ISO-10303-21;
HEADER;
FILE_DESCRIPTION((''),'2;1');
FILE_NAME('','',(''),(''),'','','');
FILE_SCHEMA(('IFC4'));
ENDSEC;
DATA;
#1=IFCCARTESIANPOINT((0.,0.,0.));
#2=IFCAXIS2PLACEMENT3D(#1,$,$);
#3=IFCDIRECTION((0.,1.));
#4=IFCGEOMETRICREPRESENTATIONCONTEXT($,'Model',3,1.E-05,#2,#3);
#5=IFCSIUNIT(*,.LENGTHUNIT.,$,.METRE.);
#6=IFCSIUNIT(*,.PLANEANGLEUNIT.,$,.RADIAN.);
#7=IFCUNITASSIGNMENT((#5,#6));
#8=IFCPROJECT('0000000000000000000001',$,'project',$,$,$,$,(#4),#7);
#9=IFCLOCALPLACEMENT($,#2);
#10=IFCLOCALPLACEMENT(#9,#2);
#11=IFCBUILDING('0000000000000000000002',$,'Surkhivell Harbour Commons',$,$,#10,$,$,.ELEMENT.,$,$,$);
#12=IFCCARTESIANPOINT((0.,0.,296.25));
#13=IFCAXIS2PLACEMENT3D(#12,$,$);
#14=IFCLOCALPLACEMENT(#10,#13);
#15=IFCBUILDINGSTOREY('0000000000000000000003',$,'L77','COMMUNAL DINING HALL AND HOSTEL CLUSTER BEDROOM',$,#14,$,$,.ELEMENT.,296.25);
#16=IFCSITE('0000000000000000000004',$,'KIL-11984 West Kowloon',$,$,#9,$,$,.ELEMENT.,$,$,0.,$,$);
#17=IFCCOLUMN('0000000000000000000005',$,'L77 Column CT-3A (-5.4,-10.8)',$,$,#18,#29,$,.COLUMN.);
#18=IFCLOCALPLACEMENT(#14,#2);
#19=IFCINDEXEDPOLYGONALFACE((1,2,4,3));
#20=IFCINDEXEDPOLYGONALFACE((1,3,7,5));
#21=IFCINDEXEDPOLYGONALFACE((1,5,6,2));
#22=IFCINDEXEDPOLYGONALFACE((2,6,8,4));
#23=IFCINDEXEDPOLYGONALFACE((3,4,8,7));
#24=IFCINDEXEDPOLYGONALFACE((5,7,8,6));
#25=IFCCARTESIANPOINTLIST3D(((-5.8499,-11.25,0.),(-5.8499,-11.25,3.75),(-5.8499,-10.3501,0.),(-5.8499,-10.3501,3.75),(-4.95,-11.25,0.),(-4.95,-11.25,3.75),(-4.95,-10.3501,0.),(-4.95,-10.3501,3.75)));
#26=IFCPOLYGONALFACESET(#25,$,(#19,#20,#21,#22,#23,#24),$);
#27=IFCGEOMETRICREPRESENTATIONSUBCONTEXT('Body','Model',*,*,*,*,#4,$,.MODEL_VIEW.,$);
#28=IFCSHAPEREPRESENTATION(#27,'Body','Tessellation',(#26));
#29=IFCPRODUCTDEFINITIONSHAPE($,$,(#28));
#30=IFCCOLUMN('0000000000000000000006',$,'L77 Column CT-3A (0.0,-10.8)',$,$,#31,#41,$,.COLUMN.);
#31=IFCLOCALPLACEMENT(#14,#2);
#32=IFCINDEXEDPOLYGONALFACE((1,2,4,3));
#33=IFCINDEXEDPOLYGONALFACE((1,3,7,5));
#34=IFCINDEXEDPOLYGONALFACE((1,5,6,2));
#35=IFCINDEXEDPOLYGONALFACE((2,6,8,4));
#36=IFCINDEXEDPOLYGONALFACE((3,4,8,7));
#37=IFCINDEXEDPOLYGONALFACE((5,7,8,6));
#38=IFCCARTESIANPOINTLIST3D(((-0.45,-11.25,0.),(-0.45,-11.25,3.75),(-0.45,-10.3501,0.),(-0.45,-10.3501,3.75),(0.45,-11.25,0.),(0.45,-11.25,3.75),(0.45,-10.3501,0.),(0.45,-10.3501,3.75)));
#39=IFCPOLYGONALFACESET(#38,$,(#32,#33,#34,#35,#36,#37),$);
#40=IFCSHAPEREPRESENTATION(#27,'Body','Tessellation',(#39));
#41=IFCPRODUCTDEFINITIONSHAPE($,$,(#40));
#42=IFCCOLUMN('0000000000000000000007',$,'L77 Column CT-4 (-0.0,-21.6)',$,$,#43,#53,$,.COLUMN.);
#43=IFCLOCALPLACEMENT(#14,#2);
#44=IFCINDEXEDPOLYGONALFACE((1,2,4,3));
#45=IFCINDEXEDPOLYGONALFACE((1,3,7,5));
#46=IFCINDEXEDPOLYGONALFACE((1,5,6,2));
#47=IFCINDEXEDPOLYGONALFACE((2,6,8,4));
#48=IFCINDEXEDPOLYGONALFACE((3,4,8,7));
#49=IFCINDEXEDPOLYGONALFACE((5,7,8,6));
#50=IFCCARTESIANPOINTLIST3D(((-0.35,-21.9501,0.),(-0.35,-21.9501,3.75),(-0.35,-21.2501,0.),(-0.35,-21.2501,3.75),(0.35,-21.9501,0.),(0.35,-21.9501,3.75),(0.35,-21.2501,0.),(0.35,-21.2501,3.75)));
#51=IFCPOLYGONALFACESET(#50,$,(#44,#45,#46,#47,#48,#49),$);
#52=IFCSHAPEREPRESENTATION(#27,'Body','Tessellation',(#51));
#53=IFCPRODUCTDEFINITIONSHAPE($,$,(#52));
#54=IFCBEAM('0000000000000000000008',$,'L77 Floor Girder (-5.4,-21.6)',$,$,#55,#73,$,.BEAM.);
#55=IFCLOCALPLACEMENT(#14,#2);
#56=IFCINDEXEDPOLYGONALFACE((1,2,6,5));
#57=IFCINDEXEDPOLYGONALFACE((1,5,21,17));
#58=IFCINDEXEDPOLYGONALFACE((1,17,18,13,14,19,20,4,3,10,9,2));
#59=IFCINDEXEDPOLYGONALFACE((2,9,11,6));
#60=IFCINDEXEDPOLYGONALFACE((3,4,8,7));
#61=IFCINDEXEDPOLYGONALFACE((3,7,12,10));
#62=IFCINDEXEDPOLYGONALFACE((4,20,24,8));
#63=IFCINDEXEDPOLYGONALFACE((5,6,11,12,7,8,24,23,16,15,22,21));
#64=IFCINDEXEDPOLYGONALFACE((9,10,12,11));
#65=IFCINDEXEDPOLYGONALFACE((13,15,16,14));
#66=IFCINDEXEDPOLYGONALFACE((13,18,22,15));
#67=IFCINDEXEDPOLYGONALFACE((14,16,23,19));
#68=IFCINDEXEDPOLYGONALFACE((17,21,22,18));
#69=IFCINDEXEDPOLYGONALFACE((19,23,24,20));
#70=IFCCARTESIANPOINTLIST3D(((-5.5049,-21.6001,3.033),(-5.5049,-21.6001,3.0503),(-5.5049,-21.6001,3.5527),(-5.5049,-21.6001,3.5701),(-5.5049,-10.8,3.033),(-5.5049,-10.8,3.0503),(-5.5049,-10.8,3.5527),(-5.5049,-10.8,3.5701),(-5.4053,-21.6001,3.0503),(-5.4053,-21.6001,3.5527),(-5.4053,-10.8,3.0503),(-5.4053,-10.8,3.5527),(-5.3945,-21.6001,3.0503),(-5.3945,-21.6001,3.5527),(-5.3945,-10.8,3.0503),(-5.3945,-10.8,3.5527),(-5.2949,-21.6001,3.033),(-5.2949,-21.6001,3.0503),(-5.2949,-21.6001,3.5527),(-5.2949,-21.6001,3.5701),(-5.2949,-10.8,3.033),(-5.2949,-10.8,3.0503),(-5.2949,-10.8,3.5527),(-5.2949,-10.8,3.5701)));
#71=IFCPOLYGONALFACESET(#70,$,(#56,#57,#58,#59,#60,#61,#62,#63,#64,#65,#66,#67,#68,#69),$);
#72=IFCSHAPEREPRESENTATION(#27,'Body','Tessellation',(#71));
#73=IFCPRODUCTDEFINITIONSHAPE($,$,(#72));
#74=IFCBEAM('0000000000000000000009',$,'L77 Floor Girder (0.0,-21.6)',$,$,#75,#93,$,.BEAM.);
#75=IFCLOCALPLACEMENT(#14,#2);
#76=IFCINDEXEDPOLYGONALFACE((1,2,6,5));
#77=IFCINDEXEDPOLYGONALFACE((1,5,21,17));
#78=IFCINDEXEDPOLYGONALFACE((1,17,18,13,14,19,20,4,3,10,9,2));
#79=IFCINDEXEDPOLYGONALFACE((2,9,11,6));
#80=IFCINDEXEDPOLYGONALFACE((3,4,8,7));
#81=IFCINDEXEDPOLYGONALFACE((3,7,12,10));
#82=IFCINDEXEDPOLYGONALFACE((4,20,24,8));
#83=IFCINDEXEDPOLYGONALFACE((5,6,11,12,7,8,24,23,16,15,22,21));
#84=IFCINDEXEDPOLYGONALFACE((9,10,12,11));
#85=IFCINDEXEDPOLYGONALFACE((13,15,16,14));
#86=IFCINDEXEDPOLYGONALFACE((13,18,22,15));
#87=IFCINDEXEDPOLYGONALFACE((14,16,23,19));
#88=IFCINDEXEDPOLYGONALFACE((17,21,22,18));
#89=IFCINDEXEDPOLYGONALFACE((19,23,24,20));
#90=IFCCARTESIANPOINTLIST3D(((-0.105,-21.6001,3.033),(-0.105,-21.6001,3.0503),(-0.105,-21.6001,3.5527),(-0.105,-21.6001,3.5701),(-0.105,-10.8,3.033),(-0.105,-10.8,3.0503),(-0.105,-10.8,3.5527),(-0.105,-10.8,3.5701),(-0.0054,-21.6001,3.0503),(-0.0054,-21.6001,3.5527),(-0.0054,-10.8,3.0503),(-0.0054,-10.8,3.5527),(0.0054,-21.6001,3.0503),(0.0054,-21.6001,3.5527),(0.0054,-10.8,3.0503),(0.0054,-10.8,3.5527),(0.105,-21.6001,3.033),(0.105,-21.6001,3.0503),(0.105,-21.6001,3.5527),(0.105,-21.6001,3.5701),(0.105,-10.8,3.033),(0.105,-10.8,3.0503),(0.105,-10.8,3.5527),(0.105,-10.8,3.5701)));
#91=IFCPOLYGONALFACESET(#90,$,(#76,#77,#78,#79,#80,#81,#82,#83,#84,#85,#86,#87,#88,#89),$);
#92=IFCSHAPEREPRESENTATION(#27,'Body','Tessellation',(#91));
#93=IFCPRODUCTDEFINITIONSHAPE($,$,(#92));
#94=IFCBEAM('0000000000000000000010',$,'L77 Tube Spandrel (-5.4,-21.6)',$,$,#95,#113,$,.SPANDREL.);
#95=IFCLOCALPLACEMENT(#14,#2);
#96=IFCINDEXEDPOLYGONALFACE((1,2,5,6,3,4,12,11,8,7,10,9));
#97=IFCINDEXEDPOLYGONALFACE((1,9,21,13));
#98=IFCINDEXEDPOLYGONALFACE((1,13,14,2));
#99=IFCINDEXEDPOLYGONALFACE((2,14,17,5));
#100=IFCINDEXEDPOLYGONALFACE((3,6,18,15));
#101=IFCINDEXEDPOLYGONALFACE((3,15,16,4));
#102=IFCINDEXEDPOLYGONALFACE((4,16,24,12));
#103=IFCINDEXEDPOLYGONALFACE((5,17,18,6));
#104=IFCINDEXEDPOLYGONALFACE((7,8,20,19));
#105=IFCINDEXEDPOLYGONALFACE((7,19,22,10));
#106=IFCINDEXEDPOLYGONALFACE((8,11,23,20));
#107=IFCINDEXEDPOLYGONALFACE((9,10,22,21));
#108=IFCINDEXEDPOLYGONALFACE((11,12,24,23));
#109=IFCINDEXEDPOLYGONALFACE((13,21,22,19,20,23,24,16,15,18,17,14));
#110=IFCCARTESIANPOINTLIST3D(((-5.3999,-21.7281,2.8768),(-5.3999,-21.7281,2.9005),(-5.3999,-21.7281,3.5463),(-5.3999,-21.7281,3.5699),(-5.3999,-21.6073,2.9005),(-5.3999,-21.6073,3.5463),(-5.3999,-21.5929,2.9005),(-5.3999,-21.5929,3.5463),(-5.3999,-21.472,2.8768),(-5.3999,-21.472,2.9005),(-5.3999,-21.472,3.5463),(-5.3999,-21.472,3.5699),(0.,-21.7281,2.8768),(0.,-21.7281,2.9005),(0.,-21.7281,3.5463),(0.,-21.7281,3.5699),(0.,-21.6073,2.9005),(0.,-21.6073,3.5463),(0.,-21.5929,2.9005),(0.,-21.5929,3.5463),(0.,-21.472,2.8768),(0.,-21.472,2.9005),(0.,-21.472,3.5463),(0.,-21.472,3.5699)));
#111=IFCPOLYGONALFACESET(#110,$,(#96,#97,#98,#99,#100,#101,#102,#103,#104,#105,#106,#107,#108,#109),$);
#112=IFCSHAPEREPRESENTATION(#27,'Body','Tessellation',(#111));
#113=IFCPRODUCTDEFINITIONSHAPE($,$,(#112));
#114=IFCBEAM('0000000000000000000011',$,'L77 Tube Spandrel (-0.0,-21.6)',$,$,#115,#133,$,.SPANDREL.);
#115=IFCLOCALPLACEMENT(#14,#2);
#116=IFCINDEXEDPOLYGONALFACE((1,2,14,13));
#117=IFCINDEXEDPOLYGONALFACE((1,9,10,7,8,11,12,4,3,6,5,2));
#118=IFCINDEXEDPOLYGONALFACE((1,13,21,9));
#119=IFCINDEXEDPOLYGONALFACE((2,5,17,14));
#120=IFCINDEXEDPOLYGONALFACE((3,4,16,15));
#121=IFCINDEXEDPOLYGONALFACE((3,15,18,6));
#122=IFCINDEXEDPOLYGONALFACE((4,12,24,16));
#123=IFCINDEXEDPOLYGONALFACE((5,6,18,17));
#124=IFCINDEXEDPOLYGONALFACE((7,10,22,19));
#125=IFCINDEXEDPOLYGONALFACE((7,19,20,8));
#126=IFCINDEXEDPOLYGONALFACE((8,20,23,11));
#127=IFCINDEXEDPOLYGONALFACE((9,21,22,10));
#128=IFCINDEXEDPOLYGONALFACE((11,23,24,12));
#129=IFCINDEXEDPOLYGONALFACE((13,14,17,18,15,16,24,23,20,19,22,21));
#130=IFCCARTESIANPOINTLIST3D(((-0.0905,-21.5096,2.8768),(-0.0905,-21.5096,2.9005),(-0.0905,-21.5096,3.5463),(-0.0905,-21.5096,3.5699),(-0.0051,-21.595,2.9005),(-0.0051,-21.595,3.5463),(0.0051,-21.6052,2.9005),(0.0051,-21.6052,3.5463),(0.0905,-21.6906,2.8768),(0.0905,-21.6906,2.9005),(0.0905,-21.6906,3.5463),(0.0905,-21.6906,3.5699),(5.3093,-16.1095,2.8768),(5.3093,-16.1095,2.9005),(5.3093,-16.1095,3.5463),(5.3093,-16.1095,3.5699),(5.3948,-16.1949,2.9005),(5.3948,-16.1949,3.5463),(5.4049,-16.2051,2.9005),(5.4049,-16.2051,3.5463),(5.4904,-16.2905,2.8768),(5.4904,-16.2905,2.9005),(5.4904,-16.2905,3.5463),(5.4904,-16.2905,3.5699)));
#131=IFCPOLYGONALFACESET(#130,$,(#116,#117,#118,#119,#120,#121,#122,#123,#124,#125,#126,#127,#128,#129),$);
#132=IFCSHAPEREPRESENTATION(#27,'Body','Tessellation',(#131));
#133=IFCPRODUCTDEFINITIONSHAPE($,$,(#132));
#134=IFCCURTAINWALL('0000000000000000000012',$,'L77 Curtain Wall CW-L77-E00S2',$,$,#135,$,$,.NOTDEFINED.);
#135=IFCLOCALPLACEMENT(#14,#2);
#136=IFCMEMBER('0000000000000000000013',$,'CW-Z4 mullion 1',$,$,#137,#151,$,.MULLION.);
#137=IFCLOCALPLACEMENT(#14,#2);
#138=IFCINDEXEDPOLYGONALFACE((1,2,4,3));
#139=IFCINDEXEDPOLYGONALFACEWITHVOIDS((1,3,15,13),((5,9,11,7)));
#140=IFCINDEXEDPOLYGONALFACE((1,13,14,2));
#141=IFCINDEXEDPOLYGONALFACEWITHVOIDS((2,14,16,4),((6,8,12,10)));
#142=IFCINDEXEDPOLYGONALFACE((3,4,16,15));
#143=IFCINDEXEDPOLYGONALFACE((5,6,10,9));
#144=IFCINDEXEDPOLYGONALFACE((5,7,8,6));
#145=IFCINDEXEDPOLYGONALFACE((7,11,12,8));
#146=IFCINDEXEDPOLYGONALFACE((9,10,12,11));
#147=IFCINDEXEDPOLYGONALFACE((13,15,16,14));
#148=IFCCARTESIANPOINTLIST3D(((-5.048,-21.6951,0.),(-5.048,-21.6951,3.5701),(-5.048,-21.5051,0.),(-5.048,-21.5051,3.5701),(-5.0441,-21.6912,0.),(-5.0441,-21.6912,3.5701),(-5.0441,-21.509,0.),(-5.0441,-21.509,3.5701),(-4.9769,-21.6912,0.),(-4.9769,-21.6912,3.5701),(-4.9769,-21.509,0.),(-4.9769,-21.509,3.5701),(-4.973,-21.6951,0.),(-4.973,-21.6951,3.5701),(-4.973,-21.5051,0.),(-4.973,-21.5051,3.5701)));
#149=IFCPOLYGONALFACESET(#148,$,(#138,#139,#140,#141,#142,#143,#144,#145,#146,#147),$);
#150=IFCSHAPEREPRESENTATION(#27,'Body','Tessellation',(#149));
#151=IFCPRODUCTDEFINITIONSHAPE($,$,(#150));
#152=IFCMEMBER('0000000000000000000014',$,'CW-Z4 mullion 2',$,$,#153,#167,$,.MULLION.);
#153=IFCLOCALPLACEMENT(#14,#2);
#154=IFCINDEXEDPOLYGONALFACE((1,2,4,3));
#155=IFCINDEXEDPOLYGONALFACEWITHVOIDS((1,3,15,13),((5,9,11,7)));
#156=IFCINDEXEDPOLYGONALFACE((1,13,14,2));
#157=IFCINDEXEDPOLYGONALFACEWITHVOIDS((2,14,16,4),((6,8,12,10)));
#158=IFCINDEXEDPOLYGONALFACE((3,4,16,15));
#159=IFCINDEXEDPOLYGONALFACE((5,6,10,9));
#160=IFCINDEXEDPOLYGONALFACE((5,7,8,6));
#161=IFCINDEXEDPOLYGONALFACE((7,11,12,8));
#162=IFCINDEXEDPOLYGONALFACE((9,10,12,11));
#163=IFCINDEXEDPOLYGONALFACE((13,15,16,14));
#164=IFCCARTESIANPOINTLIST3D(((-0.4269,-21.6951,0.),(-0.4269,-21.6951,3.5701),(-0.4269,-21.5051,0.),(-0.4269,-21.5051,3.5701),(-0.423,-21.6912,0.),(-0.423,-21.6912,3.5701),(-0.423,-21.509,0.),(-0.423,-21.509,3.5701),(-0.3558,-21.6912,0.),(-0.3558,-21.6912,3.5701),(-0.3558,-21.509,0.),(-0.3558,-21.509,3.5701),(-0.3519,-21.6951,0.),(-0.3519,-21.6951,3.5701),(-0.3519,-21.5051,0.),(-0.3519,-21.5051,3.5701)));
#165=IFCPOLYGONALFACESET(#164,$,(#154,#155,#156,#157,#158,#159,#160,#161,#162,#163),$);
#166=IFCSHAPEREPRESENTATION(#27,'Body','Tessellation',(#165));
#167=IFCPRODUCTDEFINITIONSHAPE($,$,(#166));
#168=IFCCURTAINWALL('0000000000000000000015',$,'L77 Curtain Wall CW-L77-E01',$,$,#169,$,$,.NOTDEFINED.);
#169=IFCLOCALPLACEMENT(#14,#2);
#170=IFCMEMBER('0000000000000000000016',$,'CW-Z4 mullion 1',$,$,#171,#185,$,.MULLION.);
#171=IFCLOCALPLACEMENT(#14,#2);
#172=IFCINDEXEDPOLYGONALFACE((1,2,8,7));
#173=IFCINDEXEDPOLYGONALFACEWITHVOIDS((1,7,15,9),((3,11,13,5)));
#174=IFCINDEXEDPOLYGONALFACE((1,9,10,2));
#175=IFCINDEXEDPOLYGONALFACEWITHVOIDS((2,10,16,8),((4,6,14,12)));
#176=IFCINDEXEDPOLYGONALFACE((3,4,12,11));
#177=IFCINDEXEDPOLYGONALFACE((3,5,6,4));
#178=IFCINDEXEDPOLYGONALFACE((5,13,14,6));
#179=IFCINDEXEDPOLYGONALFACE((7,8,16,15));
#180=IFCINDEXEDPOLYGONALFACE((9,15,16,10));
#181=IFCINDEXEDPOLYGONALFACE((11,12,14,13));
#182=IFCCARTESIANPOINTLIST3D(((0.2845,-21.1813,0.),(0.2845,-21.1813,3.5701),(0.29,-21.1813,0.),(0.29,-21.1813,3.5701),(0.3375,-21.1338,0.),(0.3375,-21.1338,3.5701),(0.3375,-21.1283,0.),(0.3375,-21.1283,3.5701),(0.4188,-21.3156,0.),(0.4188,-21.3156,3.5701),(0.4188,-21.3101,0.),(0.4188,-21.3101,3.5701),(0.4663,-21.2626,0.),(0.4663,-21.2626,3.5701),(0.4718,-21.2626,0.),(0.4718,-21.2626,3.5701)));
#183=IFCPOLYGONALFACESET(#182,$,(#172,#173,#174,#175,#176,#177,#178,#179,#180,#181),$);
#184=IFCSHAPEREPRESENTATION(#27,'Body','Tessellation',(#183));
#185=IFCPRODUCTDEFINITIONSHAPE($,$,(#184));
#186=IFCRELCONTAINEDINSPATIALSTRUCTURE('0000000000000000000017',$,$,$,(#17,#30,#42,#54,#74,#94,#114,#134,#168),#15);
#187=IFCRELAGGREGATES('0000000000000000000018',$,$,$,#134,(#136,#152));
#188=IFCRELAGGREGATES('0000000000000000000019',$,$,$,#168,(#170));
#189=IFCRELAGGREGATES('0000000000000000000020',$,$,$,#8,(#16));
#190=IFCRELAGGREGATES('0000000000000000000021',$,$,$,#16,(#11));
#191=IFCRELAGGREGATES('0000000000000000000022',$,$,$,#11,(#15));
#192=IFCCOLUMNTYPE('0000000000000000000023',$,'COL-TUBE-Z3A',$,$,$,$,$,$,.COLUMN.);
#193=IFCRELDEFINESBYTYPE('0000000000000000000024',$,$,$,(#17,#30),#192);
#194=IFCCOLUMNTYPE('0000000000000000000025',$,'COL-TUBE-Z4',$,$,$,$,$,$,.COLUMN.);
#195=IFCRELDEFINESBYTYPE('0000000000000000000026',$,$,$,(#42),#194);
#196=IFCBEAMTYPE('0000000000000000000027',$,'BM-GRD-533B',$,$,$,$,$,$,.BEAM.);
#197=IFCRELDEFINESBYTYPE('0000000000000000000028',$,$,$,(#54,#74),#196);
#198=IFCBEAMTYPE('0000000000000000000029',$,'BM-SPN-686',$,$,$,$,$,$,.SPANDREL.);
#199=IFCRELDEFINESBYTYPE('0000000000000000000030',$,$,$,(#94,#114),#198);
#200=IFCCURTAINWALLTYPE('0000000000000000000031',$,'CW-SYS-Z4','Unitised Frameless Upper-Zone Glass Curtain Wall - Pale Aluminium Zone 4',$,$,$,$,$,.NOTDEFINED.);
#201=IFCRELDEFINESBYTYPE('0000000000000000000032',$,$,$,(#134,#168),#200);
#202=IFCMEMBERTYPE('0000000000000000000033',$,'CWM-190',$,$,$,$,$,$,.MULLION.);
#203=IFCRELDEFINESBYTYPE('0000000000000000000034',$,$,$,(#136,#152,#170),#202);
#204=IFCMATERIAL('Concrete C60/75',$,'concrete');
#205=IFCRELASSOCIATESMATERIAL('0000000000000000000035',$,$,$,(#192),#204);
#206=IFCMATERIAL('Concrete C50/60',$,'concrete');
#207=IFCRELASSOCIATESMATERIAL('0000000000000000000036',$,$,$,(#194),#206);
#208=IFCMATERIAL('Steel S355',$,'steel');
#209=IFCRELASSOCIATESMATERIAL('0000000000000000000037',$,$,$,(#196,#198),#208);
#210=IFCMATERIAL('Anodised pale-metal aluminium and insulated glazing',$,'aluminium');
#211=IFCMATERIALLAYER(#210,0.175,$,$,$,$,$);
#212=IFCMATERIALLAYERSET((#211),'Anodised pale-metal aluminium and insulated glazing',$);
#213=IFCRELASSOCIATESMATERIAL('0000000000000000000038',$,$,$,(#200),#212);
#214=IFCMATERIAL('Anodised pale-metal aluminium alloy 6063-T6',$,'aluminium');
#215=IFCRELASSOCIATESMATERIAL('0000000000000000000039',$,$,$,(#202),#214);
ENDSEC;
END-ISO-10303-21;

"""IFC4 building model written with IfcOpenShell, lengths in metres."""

from ifc_helpers import new_model, si_unit, direction, frame, origin, origin_2d, place, context, subcontext, project, spatial, rectangle, hollow_rectangle, i_section, extrude, material, layer, layer_set, material_profile, profile_set, type_object, element, aggregate, save


model = new_model("IFC4")

# Units and contexts
model_context = context("Model", 3, precision=1e-05, world=origin(), true_north=direction((0.0, 1.0)))
body_context = subcontext(model_context, "Body", "Model", "MODEL_VIEW")
ifc_project = project(units=[si_unit("LENGTHUNIT", "METRE"), si_unit("PLANEANGLEUNIT", "RADIAN")], contexts=[model_context])

# Site, building, storey
site_placement = place(None, origin())
site = spatial("IfcSite", under=ifc_project, at=site_placement, Name="KIL-11984 West Kowloon", CompositionType="ELEMENT", RefElevation=0.0)
building_placement = place(site_placement, origin())
building = spatial("IfcBuilding", under=site, at=building_placement, Name="Surkhivell Harbour Commons", CompositionType="ELEMENT")
storey_placement = place(building_placement, frame((0.0, 0.0, 296.25)))
storey = spatial("IfcBuildingStorey", under=building, at=storey_placement, Name="L77", Description="COMMUNAL DINING HALL AND HOSTEL CLUSTER BEDROOM", CompositionType="ELEMENT", Elevation=296.25)

# Columns
ifc_material_1 = material(Name="Concrete C60/75", Category="concrete")
ifc_material_profile_1 = material_profile(ifc_material_1, rectangle(XDim=0.8999, YDim=0.8999, at=origin_2d()), Name="RC-COL-900x900")
ifc_profile_set_1 = profile_set([ifc_material_profile_1], Name="Concrete C60/75")
column_type_1 = type_object("IfcColumnType", Name="COL-TUBE-Z3A", PredefinedType="COLUMN", material=ifc_profile_set_1)
for number, where, z_axis, x_axis, name in (
    (1, (-5.3999, -10.8, 0.0), (0.0, 0.0, 1.0), (1.0, 0.0, 0.0), "L77 Column CT-3A (-5.4,-10.8)"),
    (2, (0.0, -10.8, 0.0), (0.0, 0.0, 1.0), (1.0, 0.0, 0.0), "L77 Column CT-3A (0.0,-10.8)"),
):
    element("IfcColumn", number, at=place(storey_placement, frame(where, z_axis=z_axis, x_axis=x_axis)), inside=storey, type_object=column_type_1, Name=name, PredefinedType="COLUMN", context=body_context, shape_type="SweptSolid", body=[
        extrude(rectangle(XDim=0.8999, YDim=0.8999, at=origin_2d()), origin(), (0.0, 0.0, 1.0), 3.75),
    ])
ifc_material_2 = material(Name="Concrete C50/60", Category="concrete")
ifc_material_profile_2 = material_profile(ifc_material_2, rectangle(XDim=0.7, YDim=0.7, at=origin_2d()), Name="RC-COL-700x700")
ifc_profile_set_2 = profile_set([ifc_material_profile_2], Name="Concrete C50/60")
column_type_2 = type_object("IfcColumnType", Name="COL-TUBE-Z4", PredefinedType="COLUMN", material=ifc_profile_set_2)
column_placement = place(storey_placement, frame((0.0, -21.6001, 0.0), z_axis=(0.0, 0.0, 1.0), x_axis=(1.0, 0.0, 0.0)))
element("IfcColumn", 3, at=column_placement, inside=storey, type_object=column_type_2, Name="L77 Column CT-4 (-0.0,-21.6)", PredefinedType="COLUMN", context=body_context, shape_type="SweptSolid", body=[
    extrude(rectangle(XDim=0.7, YDim=0.7, at=origin_2d()), origin(), (0.0, 0.0, 1.0), 3.75),
])

# Beams
ifc_material_3 = material(Name="Steel S355", Category="steel")
ifc_material_profile_3 = material_profile(ifc_material_3, i_section(OverallWidth=0.21, OverallDepth=0.5371, WebThickness=0.0107, FlangeThickness=0.0173, at=origin_2d()), Name="UB533x210x101")
ifc_profile_set_3 = profile_set([ifc_material_profile_3], Name="Steel S355")
beam_type_1 = type_object("IfcBeamType", Name="BM-GRD-533B", PredefinedType="BEAM", material=ifc_profile_set_3)
for number, where, z_axis, x_axis, name in (
    (4, (-5.3999, -21.6001, 3.3015), (0.0, 1.0, 0.0), (-1.0, 0.0, 0.0), "L77 Floor Girder (-5.4,-21.6)"),
    (5, (0.0, -21.6001, 3.3015), (0.0, 1.0, 0.0), (-1.0, 0.0, 0.0), "L77 Floor Girder (0.0,-21.6)"),
):
    element("IfcBeam", number, at=place(storey_placement, frame(where, z_axis=z_axis, x_axis=x_axis)), inside=storey, type_object=beam_type_1, Name=name, PredefinedType="BEAM", context=body_context, shape_type="SweptSolid", body=[
        extrude(i_section(OverallWidth=0.21, OverallDepth=0.5371, WebThickness=0.0107, FlangeThickness=0.0173, at=origin_2d()), origin(), (0.0, 0.0, 1.0), 10.8),
    ])
ifc_material_profile_4 = material_profile(ifc_material_3, i_section(OverallWidth=0.2561, OverallDepth=0.6931, WebThickness=0.0144, FlangeThickness=0.0237, at=origin_2d()), Name="UB686x254x170")
ifc_profile_set_4 = profile_set([ifc_material_profile_4], Name="Steel S355")
beam_type_2 = type_object("IfcBeamType", Name="BM-SPN-686", PredefinedType="SPANDREL", material=ifc_profile_set_4)
beam_1_placement = place(storey_placement, frame((-5.3999, -21.6001, 3.2234), z_axis=(1.0, 0.0, 0.0), x_axis=(0.0, 1.0, 0.0)))
element("IfcBeam", 6, at=beam_1_placement, inside=storey, type_object=beam_type_2, Name="L77 Tube Spandrel (-5.4,-21.6)", PredefinedType="SPANDREL", context=body_context, shape_type="SweptSolid", body=[
    extrude(i_section(OverallWidth=0.2561, OverallDepth=0.6931, WebThickness=0.0144, FlangeThickness=0.0237, at=origin_2d()), origin(), (0.0, 0.0, 1.0), 5.3999),
])
beam_2_placement = place(storey_placement, frame((0.0, -21.6001, 3.2234), z_axis=(0.707091, 0.707123, 0.0), x_axis=(-0.707123, 0.707091, 0.0)))
element("IfcBeam", 7, at=beam_2_placement, inside=storey, type_object=beam_type_2, Name="L77 Tube Spandrel (-0.0,-21.6)", PredefinedType="SPANDREL", context=body_context, shape_type="SweptSolid", body=[
    extrude(i_section(OverallWidth=0.2561, OverallDepth=0.6931, WebThickness=0.0144, FlangeThickness=0.0237, at=origin_2d()), origin(), (0.0, 0.0, 1.0), 7.6367),
])

# Curtain wall, members
ifc_material_4 = material(Name="Anodised pale-metal aluminium and insulated glazing", Category="aluminium")
ifc_layer_1 = layer(ifc_material_4, 0.175)
ifc_layer_set_1 = layer_set([ifc_layer_1], Name="Anodised pale-metal aluminium and insulated glazing")
curtain_wall_type = type_object("IfcCurtainWallType", Name="CW-SYS-Z4", Description="Unitised Frameless Upper-Zone Glass Curtain Wall - Pale Aluminium Zone 4", PredefinedType="NOTDEFINED", material=ifc_layer_set_1)
curtain_wall_1_placement = place(storey_placement, origin())
curtain_wall_1 = element("IfcCurtainWall", 8, at=curtain_wall_1_placement, inside=storey, type_object=curtain_wall_type, Name="L77 Curtain Wall CW-L77-E00S2", PredefinedType="NOTDEFINED")
ifc_material_5 = material(Name="Anodised pale-metal aluminium alloy 6063-T6", Category="aluminium")
ifc_material_profile_5 = material_profile(ifc_material_5, hollow_rectangle(XDim=0.075, YDim=0.1899, WallThickness=0.0039, at=origin_2d()), Name="ALU-MULL-75x190")
ifc_profile_set_5 = profile_set([ifc_material_profile_5], Name="Anodised pale-metal aluminium alloy 6063-T6")
member_type_1 = type_object("IfcMemberType", Name="CWM-190", PredefinedType="MULLION", material=ifc_profile_set_5)
member_1_placement = place(storey_placement, frame((-5.0105, -21.6001, 0.0), z_axis=(0.0, 0.0, 1.0), x_axis=(1.0, 0.0, 0.0)))
member_1 = element("IfcMember", 9, at=member_1_placement, type_object=member_type_1, Name="CW-Z4 mullion 1", PredefinedType="MULLION", context=body_context, shape_type="SweptSolid", body=[
    extrude(hollow_rectangle(XDim=0.075, YDim=0.1899, WallThickness=0.0039, at=origin_2d()), origin(), (0.0, 0.0, 1.0), 3.5701),
])
member_2_placement = place(storey_placement, frame((-0.3894, -21.6001, 0.0), z_axis=(0.0, 0.0, 1.0), x_axis=(1.0, 0.0, 0.0)))
member_2 = element("IfcMember", 10, at=member_2_placement, type_object=member_type_1, Name="CW-Z4 mullion 2", PredefinedType="MULLION", context=body_context, shape_type="SweptSolid", body=[
    extrude(hollow_rectangle(XDim=0.075, YDim=0.1899, WallThickness=0.0039, at=origin_2d()), origin(), (0.0, 0.0, 1.0), 3.5701),
])

# Curtain wall, member
curtain_wall_2_placement = place(storey_placement, origin())
curtain_wall_2 = element("IfcCurtainWall", 11, at=curtain_wall_2_placement, inside=storey, type_object=curtain_wall_type, Name="L77 Curtain Wall CW-L77-E01", PredefinedType="NOTDEFINED")
member_3_placement = place(storey_placement, frame((0.3782, -21.2219, 0.0), z_axis=(0.0, 0.0, 1.0), x_axis=(0.707107, 0.707107, 0.0)))
member_3 = element("IfcMember", 12, at=member_3_placement, type_object=member_type_1, Name="CW-Z4 mullion 1", PredefinedType="MULLION", context=body_context, shape_type="SweptSolid", body=[
    extrude(hollow_rectangle(XDim=0.075, YDim=0.1899, WallThickness=0.0039, at=origin_2d()), origin(), (0.0, 0.0, 1.0), 3.5701),
])

aggregate(curtain_wall_1, [member_1, member_2])
aggregate(curtain_wall_2, [member_3])

save(model, "model.ifc")
